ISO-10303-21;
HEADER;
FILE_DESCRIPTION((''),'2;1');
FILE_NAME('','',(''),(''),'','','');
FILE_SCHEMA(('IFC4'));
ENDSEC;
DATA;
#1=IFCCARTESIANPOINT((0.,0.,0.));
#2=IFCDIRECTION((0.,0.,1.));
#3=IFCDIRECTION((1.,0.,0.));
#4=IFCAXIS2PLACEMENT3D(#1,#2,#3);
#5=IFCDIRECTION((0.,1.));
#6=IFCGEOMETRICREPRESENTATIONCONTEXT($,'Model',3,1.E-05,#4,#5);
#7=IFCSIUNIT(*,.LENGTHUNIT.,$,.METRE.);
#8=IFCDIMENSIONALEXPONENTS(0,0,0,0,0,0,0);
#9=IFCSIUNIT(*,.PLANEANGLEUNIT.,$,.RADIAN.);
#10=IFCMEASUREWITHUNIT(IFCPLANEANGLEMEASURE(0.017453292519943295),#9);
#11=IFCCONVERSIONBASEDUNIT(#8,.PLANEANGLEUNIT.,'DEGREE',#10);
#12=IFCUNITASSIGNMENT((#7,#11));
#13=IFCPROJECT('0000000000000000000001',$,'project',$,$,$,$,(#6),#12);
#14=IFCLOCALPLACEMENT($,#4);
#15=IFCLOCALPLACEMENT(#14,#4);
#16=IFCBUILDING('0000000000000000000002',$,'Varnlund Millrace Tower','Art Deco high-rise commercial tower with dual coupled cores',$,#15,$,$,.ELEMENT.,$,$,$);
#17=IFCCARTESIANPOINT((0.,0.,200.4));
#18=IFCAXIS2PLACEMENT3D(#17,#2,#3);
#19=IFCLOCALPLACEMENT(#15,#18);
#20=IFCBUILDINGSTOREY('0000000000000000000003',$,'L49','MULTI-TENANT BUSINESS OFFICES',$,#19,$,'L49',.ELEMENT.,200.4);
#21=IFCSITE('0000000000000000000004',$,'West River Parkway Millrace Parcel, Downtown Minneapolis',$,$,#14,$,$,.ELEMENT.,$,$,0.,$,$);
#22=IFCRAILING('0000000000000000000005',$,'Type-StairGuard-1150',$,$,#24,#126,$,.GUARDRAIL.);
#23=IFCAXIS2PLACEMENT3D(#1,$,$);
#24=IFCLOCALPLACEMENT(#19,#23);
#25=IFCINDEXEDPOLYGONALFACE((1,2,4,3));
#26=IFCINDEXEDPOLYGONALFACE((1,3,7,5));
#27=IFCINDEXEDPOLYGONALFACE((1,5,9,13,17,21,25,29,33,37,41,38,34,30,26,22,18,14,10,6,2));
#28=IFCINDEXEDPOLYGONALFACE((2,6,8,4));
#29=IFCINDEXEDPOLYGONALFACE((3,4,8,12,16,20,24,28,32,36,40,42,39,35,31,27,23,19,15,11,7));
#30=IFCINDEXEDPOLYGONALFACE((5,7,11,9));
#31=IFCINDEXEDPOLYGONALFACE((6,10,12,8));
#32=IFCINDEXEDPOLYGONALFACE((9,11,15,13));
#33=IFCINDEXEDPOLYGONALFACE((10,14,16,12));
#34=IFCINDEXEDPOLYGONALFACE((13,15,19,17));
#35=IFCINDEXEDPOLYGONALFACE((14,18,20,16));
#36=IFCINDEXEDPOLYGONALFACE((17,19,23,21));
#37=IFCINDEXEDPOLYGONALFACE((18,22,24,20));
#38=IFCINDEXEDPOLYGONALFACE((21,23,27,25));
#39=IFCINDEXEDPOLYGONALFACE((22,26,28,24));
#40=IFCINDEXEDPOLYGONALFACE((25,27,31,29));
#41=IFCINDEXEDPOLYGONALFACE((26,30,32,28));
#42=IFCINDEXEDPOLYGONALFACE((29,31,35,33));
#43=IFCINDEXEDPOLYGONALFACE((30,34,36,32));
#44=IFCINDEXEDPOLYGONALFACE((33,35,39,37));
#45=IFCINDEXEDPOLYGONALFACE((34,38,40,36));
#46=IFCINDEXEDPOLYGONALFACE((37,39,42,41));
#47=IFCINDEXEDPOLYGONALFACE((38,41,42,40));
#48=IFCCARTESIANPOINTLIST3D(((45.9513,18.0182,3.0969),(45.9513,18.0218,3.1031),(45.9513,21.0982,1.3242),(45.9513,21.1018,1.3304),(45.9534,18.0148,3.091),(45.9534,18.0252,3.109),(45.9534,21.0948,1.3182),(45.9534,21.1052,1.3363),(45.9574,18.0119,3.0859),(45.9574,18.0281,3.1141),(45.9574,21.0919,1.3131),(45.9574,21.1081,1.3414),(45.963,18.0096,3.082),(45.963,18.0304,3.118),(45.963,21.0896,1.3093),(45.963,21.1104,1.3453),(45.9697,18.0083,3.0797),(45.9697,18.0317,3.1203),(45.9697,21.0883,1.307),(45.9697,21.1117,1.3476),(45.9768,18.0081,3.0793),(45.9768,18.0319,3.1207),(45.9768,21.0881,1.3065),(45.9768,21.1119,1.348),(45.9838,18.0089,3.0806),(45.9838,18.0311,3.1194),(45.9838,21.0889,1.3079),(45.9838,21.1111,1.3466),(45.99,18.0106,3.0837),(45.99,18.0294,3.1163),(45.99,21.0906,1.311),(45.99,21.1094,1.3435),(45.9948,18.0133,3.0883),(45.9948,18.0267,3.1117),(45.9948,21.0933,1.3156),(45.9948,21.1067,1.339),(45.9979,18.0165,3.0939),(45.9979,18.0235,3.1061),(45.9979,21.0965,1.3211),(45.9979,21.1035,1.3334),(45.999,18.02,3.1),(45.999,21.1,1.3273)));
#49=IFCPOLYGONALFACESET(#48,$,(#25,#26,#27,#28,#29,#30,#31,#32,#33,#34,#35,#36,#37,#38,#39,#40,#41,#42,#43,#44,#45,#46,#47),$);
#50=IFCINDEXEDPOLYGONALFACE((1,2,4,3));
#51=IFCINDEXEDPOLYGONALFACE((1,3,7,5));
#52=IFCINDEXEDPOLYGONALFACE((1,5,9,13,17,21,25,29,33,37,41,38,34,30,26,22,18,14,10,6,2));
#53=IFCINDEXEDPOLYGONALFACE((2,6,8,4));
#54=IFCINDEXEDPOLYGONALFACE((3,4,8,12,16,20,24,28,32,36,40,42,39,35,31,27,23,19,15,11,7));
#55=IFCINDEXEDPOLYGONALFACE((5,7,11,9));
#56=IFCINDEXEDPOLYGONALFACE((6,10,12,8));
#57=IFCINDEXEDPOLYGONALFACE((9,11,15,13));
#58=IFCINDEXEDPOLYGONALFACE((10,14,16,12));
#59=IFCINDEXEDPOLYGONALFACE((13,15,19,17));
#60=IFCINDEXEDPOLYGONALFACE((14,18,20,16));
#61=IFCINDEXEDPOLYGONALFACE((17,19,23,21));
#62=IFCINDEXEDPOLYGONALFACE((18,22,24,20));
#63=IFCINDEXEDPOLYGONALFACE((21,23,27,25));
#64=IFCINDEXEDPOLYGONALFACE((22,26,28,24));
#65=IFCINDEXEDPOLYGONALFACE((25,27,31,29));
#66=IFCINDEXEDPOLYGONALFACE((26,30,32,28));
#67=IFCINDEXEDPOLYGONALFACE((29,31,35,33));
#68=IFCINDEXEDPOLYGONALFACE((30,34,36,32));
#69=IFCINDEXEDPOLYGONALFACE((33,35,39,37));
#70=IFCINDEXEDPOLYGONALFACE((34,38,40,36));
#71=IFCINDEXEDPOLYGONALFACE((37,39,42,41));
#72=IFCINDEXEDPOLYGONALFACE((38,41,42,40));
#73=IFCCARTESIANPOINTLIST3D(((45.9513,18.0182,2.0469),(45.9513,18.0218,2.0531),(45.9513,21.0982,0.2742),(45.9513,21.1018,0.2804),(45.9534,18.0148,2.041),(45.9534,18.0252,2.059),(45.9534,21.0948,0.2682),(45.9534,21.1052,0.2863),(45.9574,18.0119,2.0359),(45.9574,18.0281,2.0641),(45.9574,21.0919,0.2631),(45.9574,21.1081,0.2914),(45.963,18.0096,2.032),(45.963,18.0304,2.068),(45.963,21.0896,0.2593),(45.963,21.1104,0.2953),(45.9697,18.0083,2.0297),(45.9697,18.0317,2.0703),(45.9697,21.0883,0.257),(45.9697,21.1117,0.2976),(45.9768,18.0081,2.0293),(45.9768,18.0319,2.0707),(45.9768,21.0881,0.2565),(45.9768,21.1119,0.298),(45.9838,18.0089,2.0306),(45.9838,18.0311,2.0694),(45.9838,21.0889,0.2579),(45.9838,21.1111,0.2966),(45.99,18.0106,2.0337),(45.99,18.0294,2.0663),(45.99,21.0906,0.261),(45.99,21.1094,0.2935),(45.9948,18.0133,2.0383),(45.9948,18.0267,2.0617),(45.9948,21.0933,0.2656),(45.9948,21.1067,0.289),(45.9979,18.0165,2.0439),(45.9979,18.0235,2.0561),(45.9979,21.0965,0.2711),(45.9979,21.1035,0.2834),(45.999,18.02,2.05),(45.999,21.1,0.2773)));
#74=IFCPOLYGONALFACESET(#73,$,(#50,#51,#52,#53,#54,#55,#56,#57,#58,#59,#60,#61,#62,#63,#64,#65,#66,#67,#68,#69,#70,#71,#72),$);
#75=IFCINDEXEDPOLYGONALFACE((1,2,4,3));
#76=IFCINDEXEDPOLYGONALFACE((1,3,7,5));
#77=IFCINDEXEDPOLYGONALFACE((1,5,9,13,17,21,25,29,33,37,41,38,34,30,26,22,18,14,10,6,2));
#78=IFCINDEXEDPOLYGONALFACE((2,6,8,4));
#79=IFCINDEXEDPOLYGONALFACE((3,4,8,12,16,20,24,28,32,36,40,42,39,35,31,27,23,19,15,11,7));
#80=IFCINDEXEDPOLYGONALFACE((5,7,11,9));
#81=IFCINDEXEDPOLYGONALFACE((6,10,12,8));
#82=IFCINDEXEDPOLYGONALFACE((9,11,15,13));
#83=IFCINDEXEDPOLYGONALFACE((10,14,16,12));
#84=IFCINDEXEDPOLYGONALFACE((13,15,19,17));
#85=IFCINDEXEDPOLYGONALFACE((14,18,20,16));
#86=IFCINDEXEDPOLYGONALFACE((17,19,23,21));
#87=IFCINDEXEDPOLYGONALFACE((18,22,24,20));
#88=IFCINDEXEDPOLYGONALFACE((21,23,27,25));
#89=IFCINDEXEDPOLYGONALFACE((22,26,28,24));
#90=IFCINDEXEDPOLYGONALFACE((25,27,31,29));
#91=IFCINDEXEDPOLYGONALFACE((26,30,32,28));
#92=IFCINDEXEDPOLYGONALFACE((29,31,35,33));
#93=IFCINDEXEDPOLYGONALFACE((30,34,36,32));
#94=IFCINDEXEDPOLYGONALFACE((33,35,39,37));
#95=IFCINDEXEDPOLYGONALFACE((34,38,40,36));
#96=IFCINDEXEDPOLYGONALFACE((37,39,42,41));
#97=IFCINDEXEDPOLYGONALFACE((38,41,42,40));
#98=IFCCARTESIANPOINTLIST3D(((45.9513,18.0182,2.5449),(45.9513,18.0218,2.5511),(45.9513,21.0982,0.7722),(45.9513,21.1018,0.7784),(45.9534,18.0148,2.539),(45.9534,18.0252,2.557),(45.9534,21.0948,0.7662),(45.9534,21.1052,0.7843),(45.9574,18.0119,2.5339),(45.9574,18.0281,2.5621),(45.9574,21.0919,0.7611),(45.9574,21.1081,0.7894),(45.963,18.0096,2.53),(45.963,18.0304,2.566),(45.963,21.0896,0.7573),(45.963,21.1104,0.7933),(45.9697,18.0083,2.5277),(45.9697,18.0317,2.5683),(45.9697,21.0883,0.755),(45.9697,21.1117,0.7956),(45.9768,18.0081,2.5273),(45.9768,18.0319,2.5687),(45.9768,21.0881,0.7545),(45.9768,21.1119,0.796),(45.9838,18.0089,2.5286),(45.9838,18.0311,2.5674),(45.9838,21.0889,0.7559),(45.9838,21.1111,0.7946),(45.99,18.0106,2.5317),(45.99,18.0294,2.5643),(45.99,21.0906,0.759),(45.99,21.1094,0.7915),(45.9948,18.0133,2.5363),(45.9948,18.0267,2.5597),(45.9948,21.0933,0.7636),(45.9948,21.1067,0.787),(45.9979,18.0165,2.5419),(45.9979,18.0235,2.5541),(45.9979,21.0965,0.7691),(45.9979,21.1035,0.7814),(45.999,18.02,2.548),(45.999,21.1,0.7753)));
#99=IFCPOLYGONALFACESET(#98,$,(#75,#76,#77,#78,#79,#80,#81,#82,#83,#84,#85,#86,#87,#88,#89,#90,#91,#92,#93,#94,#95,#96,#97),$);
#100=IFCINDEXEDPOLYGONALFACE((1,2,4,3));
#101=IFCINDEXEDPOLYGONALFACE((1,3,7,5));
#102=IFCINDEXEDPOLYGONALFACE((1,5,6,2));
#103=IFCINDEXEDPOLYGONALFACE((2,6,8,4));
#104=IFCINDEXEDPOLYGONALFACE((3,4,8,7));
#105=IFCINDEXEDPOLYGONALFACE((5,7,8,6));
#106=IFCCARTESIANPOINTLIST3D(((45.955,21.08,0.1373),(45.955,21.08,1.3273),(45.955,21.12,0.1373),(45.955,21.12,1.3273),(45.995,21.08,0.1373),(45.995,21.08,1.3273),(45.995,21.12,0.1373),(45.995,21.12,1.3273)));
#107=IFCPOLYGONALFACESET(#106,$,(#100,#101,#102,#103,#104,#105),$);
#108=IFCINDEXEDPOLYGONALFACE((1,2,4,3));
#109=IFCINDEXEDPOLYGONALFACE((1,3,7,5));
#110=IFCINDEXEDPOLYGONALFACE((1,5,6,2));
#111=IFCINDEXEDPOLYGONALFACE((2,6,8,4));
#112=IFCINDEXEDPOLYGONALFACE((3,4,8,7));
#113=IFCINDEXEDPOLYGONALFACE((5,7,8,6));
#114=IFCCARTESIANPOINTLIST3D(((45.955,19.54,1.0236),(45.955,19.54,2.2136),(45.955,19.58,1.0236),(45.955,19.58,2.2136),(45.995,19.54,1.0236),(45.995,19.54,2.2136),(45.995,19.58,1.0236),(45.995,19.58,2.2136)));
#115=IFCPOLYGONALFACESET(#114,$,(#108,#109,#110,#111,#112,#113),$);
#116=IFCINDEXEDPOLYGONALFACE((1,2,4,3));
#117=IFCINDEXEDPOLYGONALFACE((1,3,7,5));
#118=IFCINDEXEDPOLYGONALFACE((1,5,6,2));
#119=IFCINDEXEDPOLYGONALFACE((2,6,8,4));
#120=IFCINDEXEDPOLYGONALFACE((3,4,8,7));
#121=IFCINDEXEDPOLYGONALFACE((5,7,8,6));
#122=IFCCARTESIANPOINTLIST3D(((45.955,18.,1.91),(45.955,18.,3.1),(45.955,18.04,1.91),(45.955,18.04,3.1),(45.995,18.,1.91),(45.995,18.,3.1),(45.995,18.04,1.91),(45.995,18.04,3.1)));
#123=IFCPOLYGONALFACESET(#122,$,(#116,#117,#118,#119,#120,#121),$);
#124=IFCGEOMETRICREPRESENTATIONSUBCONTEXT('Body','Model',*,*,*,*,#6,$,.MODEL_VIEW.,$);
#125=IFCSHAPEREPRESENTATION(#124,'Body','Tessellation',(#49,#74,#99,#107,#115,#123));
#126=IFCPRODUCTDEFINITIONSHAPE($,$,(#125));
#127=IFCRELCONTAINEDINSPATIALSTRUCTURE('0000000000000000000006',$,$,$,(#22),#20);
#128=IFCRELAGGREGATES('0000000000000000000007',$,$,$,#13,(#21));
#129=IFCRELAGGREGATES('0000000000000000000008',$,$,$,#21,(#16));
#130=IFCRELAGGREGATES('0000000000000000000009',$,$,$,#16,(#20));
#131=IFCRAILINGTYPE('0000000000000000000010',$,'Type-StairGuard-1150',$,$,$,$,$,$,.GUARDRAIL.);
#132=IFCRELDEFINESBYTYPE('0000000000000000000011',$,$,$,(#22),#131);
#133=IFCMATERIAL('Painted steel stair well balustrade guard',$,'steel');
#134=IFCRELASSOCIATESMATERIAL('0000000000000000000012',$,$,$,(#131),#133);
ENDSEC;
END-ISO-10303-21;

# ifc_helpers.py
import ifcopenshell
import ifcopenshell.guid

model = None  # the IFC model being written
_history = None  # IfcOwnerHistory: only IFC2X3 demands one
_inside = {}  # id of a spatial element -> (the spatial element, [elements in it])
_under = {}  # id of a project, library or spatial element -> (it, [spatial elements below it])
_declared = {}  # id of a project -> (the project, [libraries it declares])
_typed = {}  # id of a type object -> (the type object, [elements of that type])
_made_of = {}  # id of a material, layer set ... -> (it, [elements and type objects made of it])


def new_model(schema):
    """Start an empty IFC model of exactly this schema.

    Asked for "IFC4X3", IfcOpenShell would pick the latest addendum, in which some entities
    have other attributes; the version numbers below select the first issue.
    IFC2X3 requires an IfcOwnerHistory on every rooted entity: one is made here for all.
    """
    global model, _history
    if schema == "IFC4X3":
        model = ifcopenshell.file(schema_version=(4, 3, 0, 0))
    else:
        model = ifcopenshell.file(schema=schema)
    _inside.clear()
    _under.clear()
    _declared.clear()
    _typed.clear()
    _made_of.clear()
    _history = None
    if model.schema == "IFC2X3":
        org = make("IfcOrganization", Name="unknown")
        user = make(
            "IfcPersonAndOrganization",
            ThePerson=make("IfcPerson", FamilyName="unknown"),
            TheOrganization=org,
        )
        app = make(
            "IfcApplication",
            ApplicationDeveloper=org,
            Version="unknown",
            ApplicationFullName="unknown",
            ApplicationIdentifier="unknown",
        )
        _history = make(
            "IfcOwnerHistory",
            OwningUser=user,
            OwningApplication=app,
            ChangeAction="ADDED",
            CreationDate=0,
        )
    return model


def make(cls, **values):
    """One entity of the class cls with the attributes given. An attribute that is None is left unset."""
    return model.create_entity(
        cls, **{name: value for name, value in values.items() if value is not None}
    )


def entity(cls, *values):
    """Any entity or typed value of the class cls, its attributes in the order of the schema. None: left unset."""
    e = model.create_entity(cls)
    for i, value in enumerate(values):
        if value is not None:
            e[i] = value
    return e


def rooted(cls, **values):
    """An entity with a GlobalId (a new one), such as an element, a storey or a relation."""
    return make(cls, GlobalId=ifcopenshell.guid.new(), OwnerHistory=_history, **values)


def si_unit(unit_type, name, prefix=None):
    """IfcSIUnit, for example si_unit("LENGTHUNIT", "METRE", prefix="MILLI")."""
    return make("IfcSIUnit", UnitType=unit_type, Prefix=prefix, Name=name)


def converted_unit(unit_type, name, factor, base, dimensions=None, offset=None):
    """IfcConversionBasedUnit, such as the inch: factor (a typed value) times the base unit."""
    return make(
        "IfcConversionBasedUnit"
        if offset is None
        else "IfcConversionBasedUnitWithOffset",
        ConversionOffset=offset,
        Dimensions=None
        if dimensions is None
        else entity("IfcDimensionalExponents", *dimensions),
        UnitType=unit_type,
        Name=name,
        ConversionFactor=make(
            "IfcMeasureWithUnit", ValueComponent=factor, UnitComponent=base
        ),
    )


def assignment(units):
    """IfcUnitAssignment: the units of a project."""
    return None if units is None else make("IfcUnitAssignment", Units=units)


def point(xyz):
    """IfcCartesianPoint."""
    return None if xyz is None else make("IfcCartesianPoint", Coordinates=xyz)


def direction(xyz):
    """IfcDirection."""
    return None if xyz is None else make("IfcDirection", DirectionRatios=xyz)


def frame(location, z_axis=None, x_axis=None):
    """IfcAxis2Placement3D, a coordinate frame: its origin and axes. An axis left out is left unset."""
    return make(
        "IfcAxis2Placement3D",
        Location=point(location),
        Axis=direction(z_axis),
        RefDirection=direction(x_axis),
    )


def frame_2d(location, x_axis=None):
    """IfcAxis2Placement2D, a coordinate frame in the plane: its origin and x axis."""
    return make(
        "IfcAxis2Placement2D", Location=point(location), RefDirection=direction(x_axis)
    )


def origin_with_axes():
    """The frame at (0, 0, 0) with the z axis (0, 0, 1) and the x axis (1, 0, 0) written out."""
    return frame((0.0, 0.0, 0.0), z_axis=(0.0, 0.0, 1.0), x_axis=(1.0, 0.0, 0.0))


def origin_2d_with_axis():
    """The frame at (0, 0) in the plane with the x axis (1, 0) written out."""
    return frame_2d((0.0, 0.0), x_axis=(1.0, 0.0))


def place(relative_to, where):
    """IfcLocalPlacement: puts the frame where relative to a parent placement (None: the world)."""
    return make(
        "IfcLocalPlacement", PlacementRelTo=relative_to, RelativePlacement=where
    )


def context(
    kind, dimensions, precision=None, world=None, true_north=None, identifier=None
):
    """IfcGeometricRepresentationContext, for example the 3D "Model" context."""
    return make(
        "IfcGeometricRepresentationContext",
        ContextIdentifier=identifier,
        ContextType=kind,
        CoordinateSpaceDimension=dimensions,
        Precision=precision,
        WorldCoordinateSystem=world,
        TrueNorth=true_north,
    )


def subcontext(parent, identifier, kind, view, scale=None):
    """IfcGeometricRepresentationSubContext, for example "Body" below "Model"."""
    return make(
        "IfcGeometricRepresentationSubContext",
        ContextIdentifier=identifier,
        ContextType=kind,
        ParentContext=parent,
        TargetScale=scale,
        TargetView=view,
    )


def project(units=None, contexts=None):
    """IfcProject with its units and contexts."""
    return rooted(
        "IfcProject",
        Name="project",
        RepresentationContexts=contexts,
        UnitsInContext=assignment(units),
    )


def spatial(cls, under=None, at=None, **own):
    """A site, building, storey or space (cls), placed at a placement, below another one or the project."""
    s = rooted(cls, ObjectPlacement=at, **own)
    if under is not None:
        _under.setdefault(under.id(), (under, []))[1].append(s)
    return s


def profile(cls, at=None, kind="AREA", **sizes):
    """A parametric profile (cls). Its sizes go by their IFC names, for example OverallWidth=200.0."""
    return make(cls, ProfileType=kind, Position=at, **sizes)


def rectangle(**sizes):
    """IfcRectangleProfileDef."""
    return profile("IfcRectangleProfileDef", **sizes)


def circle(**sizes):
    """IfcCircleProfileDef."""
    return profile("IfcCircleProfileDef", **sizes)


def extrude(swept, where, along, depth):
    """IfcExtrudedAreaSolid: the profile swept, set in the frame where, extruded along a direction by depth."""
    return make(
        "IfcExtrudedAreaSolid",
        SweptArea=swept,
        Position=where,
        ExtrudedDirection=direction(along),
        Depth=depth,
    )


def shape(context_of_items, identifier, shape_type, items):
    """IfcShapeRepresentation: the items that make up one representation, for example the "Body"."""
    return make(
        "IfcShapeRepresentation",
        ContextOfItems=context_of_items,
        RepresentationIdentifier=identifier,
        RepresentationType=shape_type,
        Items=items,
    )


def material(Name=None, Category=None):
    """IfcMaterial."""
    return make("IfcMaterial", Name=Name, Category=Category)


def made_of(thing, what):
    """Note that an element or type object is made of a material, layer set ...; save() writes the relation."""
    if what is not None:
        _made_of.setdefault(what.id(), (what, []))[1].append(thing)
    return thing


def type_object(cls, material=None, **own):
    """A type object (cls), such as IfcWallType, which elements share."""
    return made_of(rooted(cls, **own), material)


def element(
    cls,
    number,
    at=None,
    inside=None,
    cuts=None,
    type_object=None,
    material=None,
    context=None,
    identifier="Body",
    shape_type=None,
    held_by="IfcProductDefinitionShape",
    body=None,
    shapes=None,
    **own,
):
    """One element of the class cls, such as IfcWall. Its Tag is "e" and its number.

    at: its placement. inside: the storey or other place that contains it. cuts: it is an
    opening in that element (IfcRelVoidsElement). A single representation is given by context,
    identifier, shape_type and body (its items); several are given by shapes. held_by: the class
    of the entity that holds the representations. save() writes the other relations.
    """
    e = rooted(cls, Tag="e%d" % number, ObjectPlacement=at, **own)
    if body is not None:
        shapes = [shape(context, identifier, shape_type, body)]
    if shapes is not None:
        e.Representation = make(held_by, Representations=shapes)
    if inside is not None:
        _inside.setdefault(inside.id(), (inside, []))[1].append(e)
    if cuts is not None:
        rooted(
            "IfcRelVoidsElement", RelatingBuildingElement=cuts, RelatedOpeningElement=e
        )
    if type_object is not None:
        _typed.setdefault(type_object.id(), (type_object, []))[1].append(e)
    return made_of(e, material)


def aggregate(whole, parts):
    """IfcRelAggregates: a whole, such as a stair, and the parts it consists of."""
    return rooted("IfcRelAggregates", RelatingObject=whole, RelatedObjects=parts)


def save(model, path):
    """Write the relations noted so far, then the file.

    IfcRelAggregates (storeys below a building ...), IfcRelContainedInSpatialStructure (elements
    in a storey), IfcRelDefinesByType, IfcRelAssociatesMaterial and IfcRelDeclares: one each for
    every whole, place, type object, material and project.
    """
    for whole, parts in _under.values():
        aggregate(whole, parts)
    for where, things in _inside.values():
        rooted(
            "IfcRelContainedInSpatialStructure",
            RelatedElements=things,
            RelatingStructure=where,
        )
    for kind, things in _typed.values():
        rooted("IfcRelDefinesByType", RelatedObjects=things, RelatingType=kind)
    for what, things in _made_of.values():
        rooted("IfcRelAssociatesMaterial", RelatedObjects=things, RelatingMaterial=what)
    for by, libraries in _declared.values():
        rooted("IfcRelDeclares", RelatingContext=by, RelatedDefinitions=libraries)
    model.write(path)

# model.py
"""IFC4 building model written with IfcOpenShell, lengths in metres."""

from ifc_helpers import new_model, entity, si_unit, converted_unit, direction, frame, origin_with_axes, origin_2d_with_axis, place, context, subcontext, project, spatial, rectangle, circle, extrude, material, type_object, element, save


model = new_model("IFC4")

# Units and contexts
model_context = context("Model", 3, precision=1e-05, world=origin_with_axes(), true_north=direction((0.0, 1.0)))
body_context = subcontext(model_context, "Body", "Model", "MODEL_VIEW")
ifc_project = project(units=[si_unit("LENGTHUNIT", "METRE"), converted_unit("PLANEANGLEUNIT", "DEGREE", entity("IfcPlaneAngleMeasure", 0.017453292519943295), si_unit("PLANEANGLEUNIT", "RADIAN"), dimensions=[0, 0, 0, 0, 0, 0, 0])], contexts=[model_context])

# Site, building, storey
site_placement = place(None, origin_with_axes())
site = spatial("IfcSite", under=ifc_project, at=site_placement, Name="West River Parkway Millrace Parcel, Downtown Minneapolis", CompositionType="ELEMENT", RefElevation=0.0)
building_placement = place(site_placement, origin_with_axes())
building = spatial("IfcBuilding", under=site, at=building_placement, Name="Varnlund Millrace Tower", Description="Art Deco high-rise commercial tower with dual coupled cores", CompositionType="ELEMENT")
storey_placement = place(building_placement, frame((0.0, 0.0, 200.4), z_axis=(0.0, 0.0, 1.0), x_axis=(1.0, 0.0, 0.0)))
storey = spatial("IfcBuildingStorey", under=building, at=storey_placement, Name="L49", Description="MULTI-TENANT BUSINESS OFFICES", LongName="L49", CompositionType="ELEMENT", Elevation=200.4)

# Railing
ifc_material_1 = material(Name="Painted steel stair well balustrade guard", Category="steel")
railing_type_1 = type_object("IfcRailingType", Name="Type-StairGuard-1150", PredefinedType="GUARDRAIL", material=ifc_material_1)
railing_1_placement = place(storey_placement, frame((0.0, 0.0, -200.4), z_axis=(0.0, 0.0, 1.0), x_axis=(1.0, 0.0, 0.0)))
element("IfcRailing", 1, at=railing_1_placement, inside=storey, type_object=railing_type_1, Name="Type-StairGuard-1150", PredefinedType="GUARDRAIL", context=body_context, shape_type="SweptSolid", body=[
    extrude(circle(Radius=0.024, at=origin_2d_with_axis()), frame((45.975, 21.1, 201.7273), z_axis=(0.0, -0.866696, 0.498836), x_axis=(1.0, 0.0, 0.0)), (0.0, 0.0, 1.0), 3.5537),
    extrude(circle(Radius=0.024, at=origin_2d_with_axis()), frame((45.975, 21.1, 200.6773), z_axis=(0.0, -0.866696, 0.498836), x_axis=(1.0, 0.0, 0.0)), (0.0, 0.0, 1.0), 3.5537),
    extrude(circle(Radius=0.024, at=origin_2d_with_axis()), frame((45.975, 21.1, 201.1753), z_axis=(0.0, -0.866696, 0.498836), x_axis=(1.0, 0.0, 0.0)), (0.0, 0.0, 1.0), 3.5537),
    extrude(rectangle(XDim=0.04, YDim=0.04, at=origin_2d_with_axis()), frame((45.975, 21.1, 200.5373), z_axis=(0.0, 0.0, 1.0), x_axis=(1.0, 0.0, 0.0)), (0.0, 0.0, 1.0), 1.19),
    extrude(rectangle(XDim=0.04, YDim=0.04, at=origin_2d_with_axis()), frame((45.975, 19.56, 201.4236), z_axis=(0.0, 0.0, 1.0), x_axis=(1.0, 0.0, 0.0)), (0.0, 0.0, 1.0), 1.19),
    extrude(rectangle(XDim=0.04, YDim=0.04, at=origin_2d_with_axis()), frame((45.975, 18.02, 202.31), z_axis=(0.0, 0.0, 1.0), x_axis=(1.0, 0.0, 0.0)), (0.0, 0.0, 1.0), 1.19),
])

save(model, "model.ifc")
